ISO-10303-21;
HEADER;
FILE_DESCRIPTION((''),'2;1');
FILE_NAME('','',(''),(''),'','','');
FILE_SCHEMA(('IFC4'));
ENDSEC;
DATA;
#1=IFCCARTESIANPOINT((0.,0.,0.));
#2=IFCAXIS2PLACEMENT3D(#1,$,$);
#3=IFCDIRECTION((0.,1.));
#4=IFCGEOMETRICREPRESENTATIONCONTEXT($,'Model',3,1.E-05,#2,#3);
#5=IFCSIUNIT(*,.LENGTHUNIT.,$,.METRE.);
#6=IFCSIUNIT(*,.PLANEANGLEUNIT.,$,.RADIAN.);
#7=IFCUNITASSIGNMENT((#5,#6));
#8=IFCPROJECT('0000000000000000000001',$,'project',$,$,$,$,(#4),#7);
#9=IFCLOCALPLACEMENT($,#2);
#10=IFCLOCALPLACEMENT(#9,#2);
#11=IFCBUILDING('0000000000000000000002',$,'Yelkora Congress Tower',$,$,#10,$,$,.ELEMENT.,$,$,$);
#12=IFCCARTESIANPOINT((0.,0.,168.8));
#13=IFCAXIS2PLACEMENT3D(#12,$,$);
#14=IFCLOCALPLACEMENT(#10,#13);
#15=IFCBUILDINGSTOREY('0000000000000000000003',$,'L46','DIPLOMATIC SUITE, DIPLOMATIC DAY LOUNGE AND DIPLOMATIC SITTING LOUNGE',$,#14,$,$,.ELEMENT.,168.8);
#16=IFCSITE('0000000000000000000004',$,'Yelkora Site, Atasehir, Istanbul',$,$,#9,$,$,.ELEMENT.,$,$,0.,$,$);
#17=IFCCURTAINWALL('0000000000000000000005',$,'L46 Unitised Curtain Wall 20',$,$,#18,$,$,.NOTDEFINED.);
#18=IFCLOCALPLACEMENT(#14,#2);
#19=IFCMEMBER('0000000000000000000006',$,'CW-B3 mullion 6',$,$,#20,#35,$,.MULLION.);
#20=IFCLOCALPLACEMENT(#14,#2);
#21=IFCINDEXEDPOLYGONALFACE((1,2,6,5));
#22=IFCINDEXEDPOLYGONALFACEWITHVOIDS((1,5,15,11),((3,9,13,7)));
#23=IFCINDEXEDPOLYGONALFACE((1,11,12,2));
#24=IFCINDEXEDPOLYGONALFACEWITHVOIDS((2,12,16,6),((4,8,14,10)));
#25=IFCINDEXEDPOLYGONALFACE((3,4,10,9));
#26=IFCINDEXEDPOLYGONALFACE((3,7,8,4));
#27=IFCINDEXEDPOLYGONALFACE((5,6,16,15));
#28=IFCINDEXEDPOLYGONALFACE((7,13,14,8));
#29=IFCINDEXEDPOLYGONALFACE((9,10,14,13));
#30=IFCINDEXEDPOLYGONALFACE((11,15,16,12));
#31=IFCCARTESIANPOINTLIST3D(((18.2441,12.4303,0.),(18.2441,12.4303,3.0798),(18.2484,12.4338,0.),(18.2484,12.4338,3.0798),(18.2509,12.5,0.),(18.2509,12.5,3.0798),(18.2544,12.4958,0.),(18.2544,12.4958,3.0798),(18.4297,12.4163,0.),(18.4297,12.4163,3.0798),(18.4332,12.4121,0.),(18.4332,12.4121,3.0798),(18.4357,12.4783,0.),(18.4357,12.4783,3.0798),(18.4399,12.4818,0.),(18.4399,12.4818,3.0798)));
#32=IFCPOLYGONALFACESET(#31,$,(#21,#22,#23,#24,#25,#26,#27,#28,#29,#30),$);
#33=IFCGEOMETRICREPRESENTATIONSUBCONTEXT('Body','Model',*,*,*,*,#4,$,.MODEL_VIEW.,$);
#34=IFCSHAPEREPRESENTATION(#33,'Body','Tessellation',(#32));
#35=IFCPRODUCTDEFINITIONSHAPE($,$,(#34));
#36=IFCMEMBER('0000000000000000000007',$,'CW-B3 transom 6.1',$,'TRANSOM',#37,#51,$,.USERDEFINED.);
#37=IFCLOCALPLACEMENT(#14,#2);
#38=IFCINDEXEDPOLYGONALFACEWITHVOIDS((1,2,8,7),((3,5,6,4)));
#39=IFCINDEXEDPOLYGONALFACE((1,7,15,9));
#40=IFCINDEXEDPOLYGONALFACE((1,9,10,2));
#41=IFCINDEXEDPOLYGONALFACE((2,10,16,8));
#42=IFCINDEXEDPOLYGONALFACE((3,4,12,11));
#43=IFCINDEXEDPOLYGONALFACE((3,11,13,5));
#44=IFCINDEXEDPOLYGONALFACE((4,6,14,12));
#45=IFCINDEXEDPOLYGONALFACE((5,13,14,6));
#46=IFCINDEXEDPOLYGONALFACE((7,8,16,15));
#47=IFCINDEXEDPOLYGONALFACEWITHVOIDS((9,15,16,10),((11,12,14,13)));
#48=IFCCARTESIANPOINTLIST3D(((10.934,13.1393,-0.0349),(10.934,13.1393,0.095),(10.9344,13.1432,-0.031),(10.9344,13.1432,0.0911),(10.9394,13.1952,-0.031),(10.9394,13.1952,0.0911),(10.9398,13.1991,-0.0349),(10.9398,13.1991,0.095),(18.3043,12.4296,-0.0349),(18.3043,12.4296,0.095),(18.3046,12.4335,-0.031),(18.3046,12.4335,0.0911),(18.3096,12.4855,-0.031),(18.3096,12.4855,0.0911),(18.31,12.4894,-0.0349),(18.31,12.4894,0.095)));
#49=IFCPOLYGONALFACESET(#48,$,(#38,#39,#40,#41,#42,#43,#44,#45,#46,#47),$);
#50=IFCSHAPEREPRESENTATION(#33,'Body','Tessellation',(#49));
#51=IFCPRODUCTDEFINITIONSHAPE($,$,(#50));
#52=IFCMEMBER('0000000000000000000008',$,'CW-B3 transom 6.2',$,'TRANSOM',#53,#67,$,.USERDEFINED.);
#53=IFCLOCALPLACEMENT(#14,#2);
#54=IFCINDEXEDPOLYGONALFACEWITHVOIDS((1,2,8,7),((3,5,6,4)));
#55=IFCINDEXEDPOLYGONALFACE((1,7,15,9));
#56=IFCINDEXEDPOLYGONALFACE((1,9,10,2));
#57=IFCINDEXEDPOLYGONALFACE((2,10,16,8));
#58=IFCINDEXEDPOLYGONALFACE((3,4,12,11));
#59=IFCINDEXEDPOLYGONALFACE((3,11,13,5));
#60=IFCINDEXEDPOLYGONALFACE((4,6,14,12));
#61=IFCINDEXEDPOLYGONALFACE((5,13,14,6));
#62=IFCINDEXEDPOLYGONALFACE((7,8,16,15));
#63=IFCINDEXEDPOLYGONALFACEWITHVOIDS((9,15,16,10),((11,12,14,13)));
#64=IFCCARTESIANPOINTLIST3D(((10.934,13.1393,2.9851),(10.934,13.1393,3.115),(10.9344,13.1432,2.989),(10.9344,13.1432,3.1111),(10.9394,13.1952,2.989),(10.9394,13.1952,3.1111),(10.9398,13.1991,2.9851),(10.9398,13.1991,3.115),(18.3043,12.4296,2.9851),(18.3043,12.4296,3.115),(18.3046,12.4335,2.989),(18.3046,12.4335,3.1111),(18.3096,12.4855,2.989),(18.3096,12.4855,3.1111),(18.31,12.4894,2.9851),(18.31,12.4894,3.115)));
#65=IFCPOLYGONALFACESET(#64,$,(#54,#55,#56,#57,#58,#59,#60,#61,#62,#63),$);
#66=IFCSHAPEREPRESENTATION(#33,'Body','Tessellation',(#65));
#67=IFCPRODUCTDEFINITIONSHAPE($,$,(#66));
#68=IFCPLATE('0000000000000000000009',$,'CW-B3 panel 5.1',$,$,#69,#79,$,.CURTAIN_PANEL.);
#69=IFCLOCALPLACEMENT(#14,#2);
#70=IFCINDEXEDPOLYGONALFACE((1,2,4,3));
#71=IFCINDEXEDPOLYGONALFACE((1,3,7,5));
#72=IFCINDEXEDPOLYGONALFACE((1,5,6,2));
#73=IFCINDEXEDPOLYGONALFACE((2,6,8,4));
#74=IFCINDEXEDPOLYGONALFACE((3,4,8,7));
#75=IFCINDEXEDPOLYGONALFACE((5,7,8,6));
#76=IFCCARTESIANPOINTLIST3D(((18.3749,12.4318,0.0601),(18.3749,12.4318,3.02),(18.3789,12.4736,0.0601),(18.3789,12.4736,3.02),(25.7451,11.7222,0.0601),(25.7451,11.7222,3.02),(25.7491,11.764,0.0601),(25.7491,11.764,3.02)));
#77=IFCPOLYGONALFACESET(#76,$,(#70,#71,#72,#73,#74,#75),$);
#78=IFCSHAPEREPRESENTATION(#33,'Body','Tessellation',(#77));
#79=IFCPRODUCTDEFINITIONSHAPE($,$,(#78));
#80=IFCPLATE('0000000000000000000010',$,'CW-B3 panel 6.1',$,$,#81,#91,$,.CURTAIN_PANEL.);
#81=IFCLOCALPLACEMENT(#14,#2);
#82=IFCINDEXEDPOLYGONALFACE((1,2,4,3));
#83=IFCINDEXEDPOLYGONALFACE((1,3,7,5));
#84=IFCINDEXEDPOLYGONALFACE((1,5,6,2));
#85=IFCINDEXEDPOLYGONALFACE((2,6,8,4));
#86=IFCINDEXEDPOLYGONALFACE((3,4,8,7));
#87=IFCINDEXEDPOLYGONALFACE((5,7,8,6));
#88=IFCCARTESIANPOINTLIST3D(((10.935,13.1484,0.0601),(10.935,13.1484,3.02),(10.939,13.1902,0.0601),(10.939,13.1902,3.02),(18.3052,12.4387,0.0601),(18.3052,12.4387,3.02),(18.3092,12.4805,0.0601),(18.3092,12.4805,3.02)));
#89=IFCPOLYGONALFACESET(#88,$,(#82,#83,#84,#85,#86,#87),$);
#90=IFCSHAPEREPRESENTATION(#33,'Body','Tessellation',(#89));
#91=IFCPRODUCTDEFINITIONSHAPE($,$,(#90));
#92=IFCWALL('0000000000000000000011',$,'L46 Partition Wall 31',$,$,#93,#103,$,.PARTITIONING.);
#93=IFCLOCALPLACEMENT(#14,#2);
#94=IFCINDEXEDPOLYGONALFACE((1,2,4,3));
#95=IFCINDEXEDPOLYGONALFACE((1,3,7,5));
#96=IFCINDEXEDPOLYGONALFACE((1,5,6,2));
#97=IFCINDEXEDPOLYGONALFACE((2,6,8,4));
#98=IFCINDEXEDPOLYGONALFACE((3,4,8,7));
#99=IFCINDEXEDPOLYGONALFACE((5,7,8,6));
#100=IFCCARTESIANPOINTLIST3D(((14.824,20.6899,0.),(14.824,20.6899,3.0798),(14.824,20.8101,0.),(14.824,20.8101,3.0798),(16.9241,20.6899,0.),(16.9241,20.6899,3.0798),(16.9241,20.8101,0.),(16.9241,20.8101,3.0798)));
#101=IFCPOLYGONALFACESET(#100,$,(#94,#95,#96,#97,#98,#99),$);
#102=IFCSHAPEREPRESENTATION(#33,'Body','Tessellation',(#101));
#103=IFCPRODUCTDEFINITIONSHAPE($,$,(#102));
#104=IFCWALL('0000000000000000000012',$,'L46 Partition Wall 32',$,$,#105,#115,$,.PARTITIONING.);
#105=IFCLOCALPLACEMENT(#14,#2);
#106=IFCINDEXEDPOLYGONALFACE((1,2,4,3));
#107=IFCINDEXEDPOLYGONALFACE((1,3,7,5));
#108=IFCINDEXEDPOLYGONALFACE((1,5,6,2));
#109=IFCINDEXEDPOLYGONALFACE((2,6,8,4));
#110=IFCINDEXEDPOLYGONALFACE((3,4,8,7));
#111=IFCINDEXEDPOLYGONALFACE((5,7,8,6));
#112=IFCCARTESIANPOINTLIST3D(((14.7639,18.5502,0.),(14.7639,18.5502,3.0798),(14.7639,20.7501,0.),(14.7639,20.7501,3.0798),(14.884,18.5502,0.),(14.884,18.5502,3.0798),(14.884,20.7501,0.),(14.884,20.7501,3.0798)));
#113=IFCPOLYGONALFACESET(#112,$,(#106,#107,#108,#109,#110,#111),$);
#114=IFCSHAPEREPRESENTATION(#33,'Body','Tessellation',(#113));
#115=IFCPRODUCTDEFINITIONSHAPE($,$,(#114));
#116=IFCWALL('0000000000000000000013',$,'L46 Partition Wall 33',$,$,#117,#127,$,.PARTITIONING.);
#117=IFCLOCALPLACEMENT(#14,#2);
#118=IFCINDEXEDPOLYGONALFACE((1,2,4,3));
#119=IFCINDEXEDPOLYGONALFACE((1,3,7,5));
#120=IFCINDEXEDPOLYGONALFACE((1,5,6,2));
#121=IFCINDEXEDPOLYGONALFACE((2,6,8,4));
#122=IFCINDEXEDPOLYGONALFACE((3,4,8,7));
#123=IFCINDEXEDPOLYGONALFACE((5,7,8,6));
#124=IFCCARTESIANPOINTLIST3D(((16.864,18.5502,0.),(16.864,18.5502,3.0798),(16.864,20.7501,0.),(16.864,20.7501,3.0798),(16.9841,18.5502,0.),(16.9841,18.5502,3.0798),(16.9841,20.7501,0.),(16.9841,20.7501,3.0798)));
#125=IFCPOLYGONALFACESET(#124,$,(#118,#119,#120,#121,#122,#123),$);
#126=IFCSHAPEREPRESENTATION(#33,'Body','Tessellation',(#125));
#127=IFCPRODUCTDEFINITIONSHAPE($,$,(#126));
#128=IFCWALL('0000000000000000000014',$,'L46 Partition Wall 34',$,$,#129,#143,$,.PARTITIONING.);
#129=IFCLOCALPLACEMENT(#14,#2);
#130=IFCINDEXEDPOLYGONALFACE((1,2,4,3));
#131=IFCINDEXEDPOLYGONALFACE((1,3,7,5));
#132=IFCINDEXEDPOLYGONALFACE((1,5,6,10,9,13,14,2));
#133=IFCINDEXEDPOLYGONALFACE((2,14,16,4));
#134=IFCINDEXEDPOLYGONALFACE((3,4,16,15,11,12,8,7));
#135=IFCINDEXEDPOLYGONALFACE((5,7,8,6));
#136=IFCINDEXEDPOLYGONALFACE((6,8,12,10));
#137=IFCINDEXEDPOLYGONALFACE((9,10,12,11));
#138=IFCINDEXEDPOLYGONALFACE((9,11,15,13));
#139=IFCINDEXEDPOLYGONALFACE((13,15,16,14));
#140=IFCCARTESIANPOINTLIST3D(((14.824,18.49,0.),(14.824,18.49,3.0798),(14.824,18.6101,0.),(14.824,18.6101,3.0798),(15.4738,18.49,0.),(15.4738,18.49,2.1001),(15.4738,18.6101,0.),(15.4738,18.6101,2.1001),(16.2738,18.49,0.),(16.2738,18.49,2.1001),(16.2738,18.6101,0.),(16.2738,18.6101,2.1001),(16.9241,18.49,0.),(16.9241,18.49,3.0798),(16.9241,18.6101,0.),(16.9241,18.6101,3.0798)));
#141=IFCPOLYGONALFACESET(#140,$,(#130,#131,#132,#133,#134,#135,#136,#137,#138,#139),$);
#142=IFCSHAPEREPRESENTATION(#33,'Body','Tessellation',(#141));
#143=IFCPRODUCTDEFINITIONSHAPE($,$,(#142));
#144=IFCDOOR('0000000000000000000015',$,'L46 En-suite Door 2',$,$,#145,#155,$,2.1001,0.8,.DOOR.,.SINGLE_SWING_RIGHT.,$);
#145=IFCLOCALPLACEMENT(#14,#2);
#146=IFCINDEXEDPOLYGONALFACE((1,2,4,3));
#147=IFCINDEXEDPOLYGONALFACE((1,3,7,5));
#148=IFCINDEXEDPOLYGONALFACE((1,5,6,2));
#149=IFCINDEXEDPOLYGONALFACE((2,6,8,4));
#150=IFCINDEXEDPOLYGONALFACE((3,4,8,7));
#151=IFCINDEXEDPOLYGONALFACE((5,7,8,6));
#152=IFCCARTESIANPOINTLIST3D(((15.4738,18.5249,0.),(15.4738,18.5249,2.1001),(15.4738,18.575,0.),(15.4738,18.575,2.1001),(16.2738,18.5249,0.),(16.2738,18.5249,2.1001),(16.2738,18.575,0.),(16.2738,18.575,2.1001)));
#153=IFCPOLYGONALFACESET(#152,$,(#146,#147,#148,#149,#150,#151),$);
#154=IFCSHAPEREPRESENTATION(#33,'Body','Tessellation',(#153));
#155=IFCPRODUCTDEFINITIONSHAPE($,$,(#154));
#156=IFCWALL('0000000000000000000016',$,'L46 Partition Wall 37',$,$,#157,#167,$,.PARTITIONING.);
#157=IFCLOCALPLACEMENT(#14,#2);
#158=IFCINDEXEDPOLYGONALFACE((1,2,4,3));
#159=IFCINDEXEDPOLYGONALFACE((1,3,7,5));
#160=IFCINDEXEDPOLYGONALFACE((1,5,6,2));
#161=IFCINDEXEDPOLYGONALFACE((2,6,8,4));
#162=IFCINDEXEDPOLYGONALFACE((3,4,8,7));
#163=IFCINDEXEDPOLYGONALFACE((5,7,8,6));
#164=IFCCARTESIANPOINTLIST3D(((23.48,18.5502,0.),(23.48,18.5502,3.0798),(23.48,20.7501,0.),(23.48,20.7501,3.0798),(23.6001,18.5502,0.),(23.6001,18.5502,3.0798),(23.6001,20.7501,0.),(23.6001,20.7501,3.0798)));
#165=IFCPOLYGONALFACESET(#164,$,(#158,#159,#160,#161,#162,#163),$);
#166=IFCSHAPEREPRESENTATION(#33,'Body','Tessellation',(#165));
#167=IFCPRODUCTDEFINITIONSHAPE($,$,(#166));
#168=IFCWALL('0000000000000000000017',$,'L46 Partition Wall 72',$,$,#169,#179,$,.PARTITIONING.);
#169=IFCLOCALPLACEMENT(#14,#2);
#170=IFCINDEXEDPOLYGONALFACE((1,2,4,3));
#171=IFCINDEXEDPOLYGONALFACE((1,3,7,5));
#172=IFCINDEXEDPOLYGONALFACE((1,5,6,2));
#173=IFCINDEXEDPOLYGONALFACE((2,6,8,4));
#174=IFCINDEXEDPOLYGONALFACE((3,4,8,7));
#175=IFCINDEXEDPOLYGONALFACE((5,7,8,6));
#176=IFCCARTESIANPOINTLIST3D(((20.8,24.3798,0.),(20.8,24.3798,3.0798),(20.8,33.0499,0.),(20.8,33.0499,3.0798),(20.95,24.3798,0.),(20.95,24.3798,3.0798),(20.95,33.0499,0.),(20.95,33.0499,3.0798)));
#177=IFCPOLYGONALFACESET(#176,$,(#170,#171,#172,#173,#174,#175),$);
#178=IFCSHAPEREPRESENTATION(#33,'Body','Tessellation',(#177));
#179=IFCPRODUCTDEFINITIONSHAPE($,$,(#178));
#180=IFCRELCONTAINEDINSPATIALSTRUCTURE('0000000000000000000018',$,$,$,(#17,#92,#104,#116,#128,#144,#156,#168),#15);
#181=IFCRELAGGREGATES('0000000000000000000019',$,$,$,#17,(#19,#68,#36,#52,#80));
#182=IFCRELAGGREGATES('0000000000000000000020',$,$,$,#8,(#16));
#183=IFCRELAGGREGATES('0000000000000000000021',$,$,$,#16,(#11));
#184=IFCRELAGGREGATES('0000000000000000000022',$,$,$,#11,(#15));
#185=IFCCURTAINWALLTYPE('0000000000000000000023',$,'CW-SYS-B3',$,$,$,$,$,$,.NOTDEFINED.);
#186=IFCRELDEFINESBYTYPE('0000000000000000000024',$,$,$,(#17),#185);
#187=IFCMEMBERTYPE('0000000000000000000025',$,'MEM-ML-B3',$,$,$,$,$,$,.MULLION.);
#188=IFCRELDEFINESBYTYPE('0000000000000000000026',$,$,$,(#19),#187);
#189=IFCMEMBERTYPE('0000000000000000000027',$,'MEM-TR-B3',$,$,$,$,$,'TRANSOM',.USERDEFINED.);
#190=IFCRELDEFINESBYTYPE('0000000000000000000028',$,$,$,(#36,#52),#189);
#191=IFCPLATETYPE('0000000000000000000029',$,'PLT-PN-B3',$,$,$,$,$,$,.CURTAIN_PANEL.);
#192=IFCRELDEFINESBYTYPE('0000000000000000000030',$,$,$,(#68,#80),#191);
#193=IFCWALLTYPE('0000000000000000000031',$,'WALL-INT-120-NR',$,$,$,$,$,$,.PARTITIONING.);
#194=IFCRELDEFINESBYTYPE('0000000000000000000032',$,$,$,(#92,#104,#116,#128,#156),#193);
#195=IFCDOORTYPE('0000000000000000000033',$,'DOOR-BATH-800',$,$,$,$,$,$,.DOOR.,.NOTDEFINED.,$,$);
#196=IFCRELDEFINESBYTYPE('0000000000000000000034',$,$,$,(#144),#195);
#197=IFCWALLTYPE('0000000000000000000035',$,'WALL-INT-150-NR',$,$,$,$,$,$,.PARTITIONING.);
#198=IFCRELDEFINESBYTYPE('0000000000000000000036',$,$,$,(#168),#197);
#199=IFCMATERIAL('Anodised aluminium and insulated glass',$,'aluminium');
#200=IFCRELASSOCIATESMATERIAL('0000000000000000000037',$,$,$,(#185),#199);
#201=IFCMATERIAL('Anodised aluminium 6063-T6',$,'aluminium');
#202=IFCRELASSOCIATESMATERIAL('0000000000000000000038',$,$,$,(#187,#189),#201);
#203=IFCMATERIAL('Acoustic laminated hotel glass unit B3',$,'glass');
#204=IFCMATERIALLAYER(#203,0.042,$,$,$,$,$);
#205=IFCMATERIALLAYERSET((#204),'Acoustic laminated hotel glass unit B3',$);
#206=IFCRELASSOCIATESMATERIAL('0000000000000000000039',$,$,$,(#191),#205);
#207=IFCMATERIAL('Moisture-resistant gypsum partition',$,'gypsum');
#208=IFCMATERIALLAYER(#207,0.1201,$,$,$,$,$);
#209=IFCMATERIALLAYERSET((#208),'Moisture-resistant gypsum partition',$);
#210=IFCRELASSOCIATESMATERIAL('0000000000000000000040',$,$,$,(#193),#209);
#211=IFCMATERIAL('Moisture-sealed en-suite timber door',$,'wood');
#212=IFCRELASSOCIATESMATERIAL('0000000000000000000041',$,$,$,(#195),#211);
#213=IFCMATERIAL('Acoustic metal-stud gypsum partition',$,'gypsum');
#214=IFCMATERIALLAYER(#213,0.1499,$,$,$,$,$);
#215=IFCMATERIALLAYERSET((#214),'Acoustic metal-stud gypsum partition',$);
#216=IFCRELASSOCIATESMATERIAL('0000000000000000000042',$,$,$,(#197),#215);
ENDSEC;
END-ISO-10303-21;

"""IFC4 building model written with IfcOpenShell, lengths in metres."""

from ifc_helpers import new_model, si_unit, direction, frame, frame_2d, origin, origin_2d, place, context, subcontext, project, spatial, rectangle, hollow_rectangle, extrude, material, layer, layer_set, material_profile, profile_set, type_object, element, fill, aggregate, save


model = new_model("IFC4")

# Units and contexts
model_context = context("Model", 3, precision=1e-05, world=origin(), true_north=direction((0.0, 1.0)))
body_context = subcontext(model_context, "Body", "Model", "MODEL_VIEW")
ifc_project = project(units=[si_unit("LENGTHUNIT", "METRE"), si_unit("PLANEANGLEUNIT", "RADIAN")], contexts=[model_context])

# Site, building, storey
site_placement = place(None, origin())
site = spatial("IfcSite", under=ifc_project, at=site_placement, Name="Yelkora Site, Atasehir, Istanbul", CompositionType="ELEMENT", RefElevation=0.0)
building_placement = place(site_placement, origin())
building = spatial("IfcBuilding", under=site, at=building_placement, Name="Yelkora Congress Tower", CompositionType="ELEMENT")
storey_placement = place(building_placement, frame((0.0, 0.0, 168.8)))
storey = spatial("IfcBuildingStorey", under=building, at=storey_placement, Name="L46", Description="DIPLOMATIC SUITE, DIPLOMATIC DAY LOUNGE AND DIPLOMATIC SITTING LOUNGE", CompositionType="ELEMENT", Elevation=168.8)

# Curtain wall, members, plates
ifc_material_1 = material(Name="Anodised aluminium and insulated glass", Category="aluminium")
curtain_wall_type = type_object("IfcCurtainWallType", Name="CW-SYS-B3", PredefinedType="NOTDEFINED", material=ifc_material_1)
curtain_wall_placement = place(storey_placement, origin())
curtain_wall = element("IfcCurtainWall", 1, at=curtain_wall_placement, inside=storey, type_object=curtain_wall_type, Name="L46 Unitised Curtain Wall 20", PredefinedType="NOTDEFINED")
ifc_material_2 = material(Name="Anodised aluminium 6063-T6", Category="aluminium")
ifc_material_profile_1 = material_profile(ifc_material_2, hollow_rectangle(XDim=0.0701, YDim=0.1899, WallThickness=0.0039, at=origin_2d()), Name="ALU 70x190x4")
ifc_profile_set_1 = profile_set([ifc_material_profile_1], Name="Anodised aluminium 6063-T6")
member_type_1 = type_object("IfcMemberType", Name="MEM-ML-B3", PredefinedType="MULLION", material=ifc_profile_set_1)
member_1_placement = place(storey_placement, frame((18.342, 12.4561, 0.0), z_axis=(0.0, 0.0, 1.0), x_axis=(-0.095845, -0.995396, 0.0)))
member_1 = element("IfcMember", 2, at=member_1_placement, type_object=member_type_1, Name="CW-B3 mullion 6", PredefinedType="MULLION", context=body_context, shape_type="SweptSolid", body=[
    extrude(hollow_rectangle(XDim=0.0701, YDim=0.1899, WallThickness=0.0039, at=origin_2d()), origin(), (0.0, 0.0, 1.0), 3.0798),
])
ifc_material_profile_2 = material_profile(ifc_material_2, hollow_rectangle(XDim=0.0601, YDim=0.1299, WallThickness=0.0039, at=origin_2d()), Name="ALU 60x130x4")
ifc_profile_set_2 = profile_set([ifc_material_profile_2], Name="Anodised aluminium 6063-T6")
member_type_2 = type_object("IfcMemberType", Name="MEM-TR-B3", ElementType="TRANSOM", PredefinedType="USERDEFINED", material=ifc_profile_set_2)
member_2_placement = place(storey_placement, frame((18.3071, 12.4595, 0.03), z_axis=(-0.995395, 0.095853, 0.0), x_axis=(-0.095853, -0.995395, 0.0)))
member_2 = element("IfcMember", 3, at=member_2_placement, type_object=member_type_2, Name="CW-B3 transom 6.1", ObjectType="TRANSOM", PredefinedType="USERDEFINED", context=body_context, shape_type="SweptSolid", body=[
    extrude(hollow_rectangle(XDim=0.0601, YDim=0.1299, WallThickness=0.0039, at=origin_2d()), origin(), (0.0, 0.0, 1.0), 7.4043),
])
member_3_placement = place(storey_placement, frame((18.3071, 12.4595, 3.05), z_axis=(-0.995395, 0.095853, 0.0), x_axis=(-0.095853, -0.995395, 0.0)))
member_3 = element("IfcMember", 4, at=member_3_placement, type_object=member_type_2, Name="CW-B3 transom 6.2", ObjectType="TRANSOM", PredefinedType="USERDEFINED", context=body_context, shape_type="SweptSolid", body=[
    extrude(hollow_rectangle(XDim=0.0601, YDim=0.1299, WallThickness=0.0039, at=origin_2d()), origin(), (0.0, 0.0, 1.0), 7.4043),
])
ifc_material_3 = material(Name="Acoustic laminated hotel glass unit B3", Category="glass")
ifc_layer_1 = layer(ifc_material_3, 0.042)
ifc_layer_set_1 = layer_set([ifc_layer_1], Name="Acoustic laminated hotel glass unit B3")
plate_type = type_object("IfcPlateType", Name="PLT-PN-B3", PredefinedType="CURTAIN_PANEL", material=ifc_layer_set_1)
plate_1_placement = place(storey_placement, frame((22.062, 12.0979, 0.0601), z_axis=(0.0, 0.0, 1.0), x_axis=(-0.995396, 0.095845, 0.0)))
plate_1 = element("IfcPlate", 5, at=plate_1_placement, type_object=plate_type, Name="CW-B3 panel 5.1", PredefinedType="CURTAIN_PANEL", context=body_context, shape_type="SweptSolid", body=[
    extrude(rectangle(XDim=7.4043, YDim=0.042, at=origin_2d()), origin(), (0.0, 0.0, 1.0), 2.96),
])
plate_2_placement = place(storey_placement, frame((14.6221, 12.8145, 0.0601), z_axis=(0.0, 0.0, 1.0), x_axis=(-0.995396, 0.095845, 0.0)))
plate_2 = element("IfcPlate", 6, at=plate_2_placement, type_object=plate_type, Name="CW-B3 panel 6.1", PredefinedType="CURTAIN_PANEL", context=body_context, shape_type="SweptSolid", body=[
    extrude(rectangle(XDim=7.4043, YDim=0.042, at=origin_2d()), origin(), (0.0, 0.0, 1.0), 2.96),
])
aggregate(curtain_wall, [member_1, plate_1, member_2, member_3, plate_2])

# Walls
ifc_material_4 = material(Name="Moisture-resistant gypsum partition", Category="gypsum")
ifc_layer_2 = layer(ifc_material_4, 0.1201)
ifc_layer_set_2 = layer_set([ifc_layer_2], Name="Moisture-resistant gypsum partition")
wall_type_1 = type_object("IfcWallType", Name="WALL-INT-120-NR", PredefinedType="PARTITIONING", material=ifc_layer_set_2)
wall_1_placement = place(storey_placement, frame((14.824, 20.75, 0.0), z_axis=(0.0, 0.0, 1.0), x_axis=(1.0, 0.0, 0.0)))
element("IfcWall", 7, at=wall_1_placement, inside=storey, type_object=wall_type_1, Name="L46 Partition Wall 31", PredefinedType="PARTITIONING", context=body_context, shape_type="SweptSolid", body=[
    extrude(rectangle(XDim=2.1001, YDim=0.1201, at=frame_2d((1.05, 0.0))), origin(), (0.0, 0.0, 1.0), 3.0798),
])
for number, where, z_axis, x_axis, name in (
    (8, (14.824, 18.55, 0.0), (0.0, 0.0, 1.0), (0.0, 1.0, 0.0), "L46 Partition Wall 32"),
    (9, (16.9241, 18.55, 0.0), (0.0, 0.0, 1.0), (0.0, 1.0, 0.0), "L46 Partition Wall 33"),
):
    element("IfcWall", number, at=place(storey_placement, frame(where, z_axis=z_axis, x_axis=x_axis)), inside=storey, type_object=wall_type_1, Name=name, PredefinedType="PARTITIONING", context=body_context, shape_type="SweptSolid", body=[
        extrude(rectangle(XDim=2.2, YDim=0.1201, at=frame_2d((1.1001, 0.0))), origin(), (0.0, 0.0, 1.0), 3.0798),
    ])

# Wall, opening, door
wall_2_placement = place(storey_placement, frame((14.824, 18.55, 0.0), z_axis=(0.0, 0.0, 1.0), x_axis=(1.0, 0.0, 0.0)))
wall_2 = element("IfcWall", 10, at=wall_2_placement, inside=storey, type_object=wall_type_1, Name="L46 Partition Wall 34", PredefinedType="PARTITIONING", context=body_context, shape_type="SweptSolid", body=[
    extrude(rectangle(XDim=2.1001, YDim=0.1201, at=frame_2d((1.05, 0.0))), origin(), (0.0, 0.0, 1.0), 3.0798),
])
opening_placement = place(wall_2_placement, frame((0.6499, 0.0, 0.0)))
opening = element("IfcOpeningElement", 11, at=opening_placement, cuts=wall_2, PredefinedType="OPENING", context=body_context, shape_type="SweptSolid", body=[
    extrude(rectangle(XDim=0.8, YDim=2.1001, at=frame_2d((0.3999, 1.05))), frame((0.0, 0.0701, 0.0), z_axis=(0.0, -1.0, 0.0), x_axis=(1.0, 0.0, 0.0)), (0.0, 0.0, 1.0), 0.1401),
])
ifc_material_5 = material(Name="Moisture-sealed en-suite timber door", Category="wood")
door_type = type_object("IfcDoorType", Name="DOOR-BATH-800", OperationType="NOTDEFINED", PredefinedType="DOOR", material=ifc_material_5)
door_placement = place(opening_placement, origin())
door = element("IfcDoor", 12, at=door_placement, inside=storey, type_object=door_type, Name="L46 En-suite Door 2", OperationType="SINGLE_SWING_RIGHT", OverallHeight=2.1001, OverallWidth=0.8, PredefinedType="DOOR", context=body_context, shape_type="SweptSolid", body=[
    extrude(rectangle(XDim=0.8, YDim=2.1001, at=frame_2d((0.3999, 1.05))), frame((0.0, 0.0249, 0.0), z_axis=(0.0, -1.0, 0.0), x_axis=(1.0, 0.0, 0.0)), (0.0, 0.0, 1.0), 0.05),
])
fill(opening, door)

# Walls
wall_3_placement = place(storey_placement, frame((23.54, 18.55, 0.0), z_axis=(0.0, 0.0, 1.0), x_axis=(0.0, 1.0, 0.0)))
element("IfcWall", 13, at=wall_3_placement, inside=storey, type_object=wall_type_1, Name="L46 Partition Wall 37", PredefinedType="PARTITIONING", context=body_context, shape_type="SweptSolid", body=[
    extrude(rectangle(XDim=2.2, YDim=0.1201, at=frame_2d((1.1001, 0.0))), origin(), (0.0, 0.0, 1.0), 3.0798),
])
ifc_material_6 = material(Name="Acoustic metal-stud gypsum partition", Category="gypsum")
ifc_layer_3 = layer(ifc_material_6, 0.1499)
ifc_layer_set_3 = layer_set([ifc_layer_3], Name="Acoustic metal-stud gypsum partition")
wall_type_2 = type_object("IfcWallType", Name="WALL-INT-150-NR", PredefinedType="PARTITIONING", material=ifc_layer_set_3)
wall_4_placement = place(storey_placement, frame((20.875, 24.3799, 0.0), z_axis=(0.0, 0.0, 1.0), x_axis=(0.0, 1.0, 0.0)))
element("IfcWall", 14, at=wall_4_placement, inside=storey, type_object=wall_type_2, Name="L46 Partition Wall 72", PredefinedType="PARTITIONING", context=body_context, shape_type="SweptSolid", body=[
    extrude(rectangle(XDim=8.6702, YDim=0.1499, at=frame_2d((4.335, 0.0))), origin(), (0.0, 0.0, 1.0), 3.0798),
])

save(model, "model.ifc")
